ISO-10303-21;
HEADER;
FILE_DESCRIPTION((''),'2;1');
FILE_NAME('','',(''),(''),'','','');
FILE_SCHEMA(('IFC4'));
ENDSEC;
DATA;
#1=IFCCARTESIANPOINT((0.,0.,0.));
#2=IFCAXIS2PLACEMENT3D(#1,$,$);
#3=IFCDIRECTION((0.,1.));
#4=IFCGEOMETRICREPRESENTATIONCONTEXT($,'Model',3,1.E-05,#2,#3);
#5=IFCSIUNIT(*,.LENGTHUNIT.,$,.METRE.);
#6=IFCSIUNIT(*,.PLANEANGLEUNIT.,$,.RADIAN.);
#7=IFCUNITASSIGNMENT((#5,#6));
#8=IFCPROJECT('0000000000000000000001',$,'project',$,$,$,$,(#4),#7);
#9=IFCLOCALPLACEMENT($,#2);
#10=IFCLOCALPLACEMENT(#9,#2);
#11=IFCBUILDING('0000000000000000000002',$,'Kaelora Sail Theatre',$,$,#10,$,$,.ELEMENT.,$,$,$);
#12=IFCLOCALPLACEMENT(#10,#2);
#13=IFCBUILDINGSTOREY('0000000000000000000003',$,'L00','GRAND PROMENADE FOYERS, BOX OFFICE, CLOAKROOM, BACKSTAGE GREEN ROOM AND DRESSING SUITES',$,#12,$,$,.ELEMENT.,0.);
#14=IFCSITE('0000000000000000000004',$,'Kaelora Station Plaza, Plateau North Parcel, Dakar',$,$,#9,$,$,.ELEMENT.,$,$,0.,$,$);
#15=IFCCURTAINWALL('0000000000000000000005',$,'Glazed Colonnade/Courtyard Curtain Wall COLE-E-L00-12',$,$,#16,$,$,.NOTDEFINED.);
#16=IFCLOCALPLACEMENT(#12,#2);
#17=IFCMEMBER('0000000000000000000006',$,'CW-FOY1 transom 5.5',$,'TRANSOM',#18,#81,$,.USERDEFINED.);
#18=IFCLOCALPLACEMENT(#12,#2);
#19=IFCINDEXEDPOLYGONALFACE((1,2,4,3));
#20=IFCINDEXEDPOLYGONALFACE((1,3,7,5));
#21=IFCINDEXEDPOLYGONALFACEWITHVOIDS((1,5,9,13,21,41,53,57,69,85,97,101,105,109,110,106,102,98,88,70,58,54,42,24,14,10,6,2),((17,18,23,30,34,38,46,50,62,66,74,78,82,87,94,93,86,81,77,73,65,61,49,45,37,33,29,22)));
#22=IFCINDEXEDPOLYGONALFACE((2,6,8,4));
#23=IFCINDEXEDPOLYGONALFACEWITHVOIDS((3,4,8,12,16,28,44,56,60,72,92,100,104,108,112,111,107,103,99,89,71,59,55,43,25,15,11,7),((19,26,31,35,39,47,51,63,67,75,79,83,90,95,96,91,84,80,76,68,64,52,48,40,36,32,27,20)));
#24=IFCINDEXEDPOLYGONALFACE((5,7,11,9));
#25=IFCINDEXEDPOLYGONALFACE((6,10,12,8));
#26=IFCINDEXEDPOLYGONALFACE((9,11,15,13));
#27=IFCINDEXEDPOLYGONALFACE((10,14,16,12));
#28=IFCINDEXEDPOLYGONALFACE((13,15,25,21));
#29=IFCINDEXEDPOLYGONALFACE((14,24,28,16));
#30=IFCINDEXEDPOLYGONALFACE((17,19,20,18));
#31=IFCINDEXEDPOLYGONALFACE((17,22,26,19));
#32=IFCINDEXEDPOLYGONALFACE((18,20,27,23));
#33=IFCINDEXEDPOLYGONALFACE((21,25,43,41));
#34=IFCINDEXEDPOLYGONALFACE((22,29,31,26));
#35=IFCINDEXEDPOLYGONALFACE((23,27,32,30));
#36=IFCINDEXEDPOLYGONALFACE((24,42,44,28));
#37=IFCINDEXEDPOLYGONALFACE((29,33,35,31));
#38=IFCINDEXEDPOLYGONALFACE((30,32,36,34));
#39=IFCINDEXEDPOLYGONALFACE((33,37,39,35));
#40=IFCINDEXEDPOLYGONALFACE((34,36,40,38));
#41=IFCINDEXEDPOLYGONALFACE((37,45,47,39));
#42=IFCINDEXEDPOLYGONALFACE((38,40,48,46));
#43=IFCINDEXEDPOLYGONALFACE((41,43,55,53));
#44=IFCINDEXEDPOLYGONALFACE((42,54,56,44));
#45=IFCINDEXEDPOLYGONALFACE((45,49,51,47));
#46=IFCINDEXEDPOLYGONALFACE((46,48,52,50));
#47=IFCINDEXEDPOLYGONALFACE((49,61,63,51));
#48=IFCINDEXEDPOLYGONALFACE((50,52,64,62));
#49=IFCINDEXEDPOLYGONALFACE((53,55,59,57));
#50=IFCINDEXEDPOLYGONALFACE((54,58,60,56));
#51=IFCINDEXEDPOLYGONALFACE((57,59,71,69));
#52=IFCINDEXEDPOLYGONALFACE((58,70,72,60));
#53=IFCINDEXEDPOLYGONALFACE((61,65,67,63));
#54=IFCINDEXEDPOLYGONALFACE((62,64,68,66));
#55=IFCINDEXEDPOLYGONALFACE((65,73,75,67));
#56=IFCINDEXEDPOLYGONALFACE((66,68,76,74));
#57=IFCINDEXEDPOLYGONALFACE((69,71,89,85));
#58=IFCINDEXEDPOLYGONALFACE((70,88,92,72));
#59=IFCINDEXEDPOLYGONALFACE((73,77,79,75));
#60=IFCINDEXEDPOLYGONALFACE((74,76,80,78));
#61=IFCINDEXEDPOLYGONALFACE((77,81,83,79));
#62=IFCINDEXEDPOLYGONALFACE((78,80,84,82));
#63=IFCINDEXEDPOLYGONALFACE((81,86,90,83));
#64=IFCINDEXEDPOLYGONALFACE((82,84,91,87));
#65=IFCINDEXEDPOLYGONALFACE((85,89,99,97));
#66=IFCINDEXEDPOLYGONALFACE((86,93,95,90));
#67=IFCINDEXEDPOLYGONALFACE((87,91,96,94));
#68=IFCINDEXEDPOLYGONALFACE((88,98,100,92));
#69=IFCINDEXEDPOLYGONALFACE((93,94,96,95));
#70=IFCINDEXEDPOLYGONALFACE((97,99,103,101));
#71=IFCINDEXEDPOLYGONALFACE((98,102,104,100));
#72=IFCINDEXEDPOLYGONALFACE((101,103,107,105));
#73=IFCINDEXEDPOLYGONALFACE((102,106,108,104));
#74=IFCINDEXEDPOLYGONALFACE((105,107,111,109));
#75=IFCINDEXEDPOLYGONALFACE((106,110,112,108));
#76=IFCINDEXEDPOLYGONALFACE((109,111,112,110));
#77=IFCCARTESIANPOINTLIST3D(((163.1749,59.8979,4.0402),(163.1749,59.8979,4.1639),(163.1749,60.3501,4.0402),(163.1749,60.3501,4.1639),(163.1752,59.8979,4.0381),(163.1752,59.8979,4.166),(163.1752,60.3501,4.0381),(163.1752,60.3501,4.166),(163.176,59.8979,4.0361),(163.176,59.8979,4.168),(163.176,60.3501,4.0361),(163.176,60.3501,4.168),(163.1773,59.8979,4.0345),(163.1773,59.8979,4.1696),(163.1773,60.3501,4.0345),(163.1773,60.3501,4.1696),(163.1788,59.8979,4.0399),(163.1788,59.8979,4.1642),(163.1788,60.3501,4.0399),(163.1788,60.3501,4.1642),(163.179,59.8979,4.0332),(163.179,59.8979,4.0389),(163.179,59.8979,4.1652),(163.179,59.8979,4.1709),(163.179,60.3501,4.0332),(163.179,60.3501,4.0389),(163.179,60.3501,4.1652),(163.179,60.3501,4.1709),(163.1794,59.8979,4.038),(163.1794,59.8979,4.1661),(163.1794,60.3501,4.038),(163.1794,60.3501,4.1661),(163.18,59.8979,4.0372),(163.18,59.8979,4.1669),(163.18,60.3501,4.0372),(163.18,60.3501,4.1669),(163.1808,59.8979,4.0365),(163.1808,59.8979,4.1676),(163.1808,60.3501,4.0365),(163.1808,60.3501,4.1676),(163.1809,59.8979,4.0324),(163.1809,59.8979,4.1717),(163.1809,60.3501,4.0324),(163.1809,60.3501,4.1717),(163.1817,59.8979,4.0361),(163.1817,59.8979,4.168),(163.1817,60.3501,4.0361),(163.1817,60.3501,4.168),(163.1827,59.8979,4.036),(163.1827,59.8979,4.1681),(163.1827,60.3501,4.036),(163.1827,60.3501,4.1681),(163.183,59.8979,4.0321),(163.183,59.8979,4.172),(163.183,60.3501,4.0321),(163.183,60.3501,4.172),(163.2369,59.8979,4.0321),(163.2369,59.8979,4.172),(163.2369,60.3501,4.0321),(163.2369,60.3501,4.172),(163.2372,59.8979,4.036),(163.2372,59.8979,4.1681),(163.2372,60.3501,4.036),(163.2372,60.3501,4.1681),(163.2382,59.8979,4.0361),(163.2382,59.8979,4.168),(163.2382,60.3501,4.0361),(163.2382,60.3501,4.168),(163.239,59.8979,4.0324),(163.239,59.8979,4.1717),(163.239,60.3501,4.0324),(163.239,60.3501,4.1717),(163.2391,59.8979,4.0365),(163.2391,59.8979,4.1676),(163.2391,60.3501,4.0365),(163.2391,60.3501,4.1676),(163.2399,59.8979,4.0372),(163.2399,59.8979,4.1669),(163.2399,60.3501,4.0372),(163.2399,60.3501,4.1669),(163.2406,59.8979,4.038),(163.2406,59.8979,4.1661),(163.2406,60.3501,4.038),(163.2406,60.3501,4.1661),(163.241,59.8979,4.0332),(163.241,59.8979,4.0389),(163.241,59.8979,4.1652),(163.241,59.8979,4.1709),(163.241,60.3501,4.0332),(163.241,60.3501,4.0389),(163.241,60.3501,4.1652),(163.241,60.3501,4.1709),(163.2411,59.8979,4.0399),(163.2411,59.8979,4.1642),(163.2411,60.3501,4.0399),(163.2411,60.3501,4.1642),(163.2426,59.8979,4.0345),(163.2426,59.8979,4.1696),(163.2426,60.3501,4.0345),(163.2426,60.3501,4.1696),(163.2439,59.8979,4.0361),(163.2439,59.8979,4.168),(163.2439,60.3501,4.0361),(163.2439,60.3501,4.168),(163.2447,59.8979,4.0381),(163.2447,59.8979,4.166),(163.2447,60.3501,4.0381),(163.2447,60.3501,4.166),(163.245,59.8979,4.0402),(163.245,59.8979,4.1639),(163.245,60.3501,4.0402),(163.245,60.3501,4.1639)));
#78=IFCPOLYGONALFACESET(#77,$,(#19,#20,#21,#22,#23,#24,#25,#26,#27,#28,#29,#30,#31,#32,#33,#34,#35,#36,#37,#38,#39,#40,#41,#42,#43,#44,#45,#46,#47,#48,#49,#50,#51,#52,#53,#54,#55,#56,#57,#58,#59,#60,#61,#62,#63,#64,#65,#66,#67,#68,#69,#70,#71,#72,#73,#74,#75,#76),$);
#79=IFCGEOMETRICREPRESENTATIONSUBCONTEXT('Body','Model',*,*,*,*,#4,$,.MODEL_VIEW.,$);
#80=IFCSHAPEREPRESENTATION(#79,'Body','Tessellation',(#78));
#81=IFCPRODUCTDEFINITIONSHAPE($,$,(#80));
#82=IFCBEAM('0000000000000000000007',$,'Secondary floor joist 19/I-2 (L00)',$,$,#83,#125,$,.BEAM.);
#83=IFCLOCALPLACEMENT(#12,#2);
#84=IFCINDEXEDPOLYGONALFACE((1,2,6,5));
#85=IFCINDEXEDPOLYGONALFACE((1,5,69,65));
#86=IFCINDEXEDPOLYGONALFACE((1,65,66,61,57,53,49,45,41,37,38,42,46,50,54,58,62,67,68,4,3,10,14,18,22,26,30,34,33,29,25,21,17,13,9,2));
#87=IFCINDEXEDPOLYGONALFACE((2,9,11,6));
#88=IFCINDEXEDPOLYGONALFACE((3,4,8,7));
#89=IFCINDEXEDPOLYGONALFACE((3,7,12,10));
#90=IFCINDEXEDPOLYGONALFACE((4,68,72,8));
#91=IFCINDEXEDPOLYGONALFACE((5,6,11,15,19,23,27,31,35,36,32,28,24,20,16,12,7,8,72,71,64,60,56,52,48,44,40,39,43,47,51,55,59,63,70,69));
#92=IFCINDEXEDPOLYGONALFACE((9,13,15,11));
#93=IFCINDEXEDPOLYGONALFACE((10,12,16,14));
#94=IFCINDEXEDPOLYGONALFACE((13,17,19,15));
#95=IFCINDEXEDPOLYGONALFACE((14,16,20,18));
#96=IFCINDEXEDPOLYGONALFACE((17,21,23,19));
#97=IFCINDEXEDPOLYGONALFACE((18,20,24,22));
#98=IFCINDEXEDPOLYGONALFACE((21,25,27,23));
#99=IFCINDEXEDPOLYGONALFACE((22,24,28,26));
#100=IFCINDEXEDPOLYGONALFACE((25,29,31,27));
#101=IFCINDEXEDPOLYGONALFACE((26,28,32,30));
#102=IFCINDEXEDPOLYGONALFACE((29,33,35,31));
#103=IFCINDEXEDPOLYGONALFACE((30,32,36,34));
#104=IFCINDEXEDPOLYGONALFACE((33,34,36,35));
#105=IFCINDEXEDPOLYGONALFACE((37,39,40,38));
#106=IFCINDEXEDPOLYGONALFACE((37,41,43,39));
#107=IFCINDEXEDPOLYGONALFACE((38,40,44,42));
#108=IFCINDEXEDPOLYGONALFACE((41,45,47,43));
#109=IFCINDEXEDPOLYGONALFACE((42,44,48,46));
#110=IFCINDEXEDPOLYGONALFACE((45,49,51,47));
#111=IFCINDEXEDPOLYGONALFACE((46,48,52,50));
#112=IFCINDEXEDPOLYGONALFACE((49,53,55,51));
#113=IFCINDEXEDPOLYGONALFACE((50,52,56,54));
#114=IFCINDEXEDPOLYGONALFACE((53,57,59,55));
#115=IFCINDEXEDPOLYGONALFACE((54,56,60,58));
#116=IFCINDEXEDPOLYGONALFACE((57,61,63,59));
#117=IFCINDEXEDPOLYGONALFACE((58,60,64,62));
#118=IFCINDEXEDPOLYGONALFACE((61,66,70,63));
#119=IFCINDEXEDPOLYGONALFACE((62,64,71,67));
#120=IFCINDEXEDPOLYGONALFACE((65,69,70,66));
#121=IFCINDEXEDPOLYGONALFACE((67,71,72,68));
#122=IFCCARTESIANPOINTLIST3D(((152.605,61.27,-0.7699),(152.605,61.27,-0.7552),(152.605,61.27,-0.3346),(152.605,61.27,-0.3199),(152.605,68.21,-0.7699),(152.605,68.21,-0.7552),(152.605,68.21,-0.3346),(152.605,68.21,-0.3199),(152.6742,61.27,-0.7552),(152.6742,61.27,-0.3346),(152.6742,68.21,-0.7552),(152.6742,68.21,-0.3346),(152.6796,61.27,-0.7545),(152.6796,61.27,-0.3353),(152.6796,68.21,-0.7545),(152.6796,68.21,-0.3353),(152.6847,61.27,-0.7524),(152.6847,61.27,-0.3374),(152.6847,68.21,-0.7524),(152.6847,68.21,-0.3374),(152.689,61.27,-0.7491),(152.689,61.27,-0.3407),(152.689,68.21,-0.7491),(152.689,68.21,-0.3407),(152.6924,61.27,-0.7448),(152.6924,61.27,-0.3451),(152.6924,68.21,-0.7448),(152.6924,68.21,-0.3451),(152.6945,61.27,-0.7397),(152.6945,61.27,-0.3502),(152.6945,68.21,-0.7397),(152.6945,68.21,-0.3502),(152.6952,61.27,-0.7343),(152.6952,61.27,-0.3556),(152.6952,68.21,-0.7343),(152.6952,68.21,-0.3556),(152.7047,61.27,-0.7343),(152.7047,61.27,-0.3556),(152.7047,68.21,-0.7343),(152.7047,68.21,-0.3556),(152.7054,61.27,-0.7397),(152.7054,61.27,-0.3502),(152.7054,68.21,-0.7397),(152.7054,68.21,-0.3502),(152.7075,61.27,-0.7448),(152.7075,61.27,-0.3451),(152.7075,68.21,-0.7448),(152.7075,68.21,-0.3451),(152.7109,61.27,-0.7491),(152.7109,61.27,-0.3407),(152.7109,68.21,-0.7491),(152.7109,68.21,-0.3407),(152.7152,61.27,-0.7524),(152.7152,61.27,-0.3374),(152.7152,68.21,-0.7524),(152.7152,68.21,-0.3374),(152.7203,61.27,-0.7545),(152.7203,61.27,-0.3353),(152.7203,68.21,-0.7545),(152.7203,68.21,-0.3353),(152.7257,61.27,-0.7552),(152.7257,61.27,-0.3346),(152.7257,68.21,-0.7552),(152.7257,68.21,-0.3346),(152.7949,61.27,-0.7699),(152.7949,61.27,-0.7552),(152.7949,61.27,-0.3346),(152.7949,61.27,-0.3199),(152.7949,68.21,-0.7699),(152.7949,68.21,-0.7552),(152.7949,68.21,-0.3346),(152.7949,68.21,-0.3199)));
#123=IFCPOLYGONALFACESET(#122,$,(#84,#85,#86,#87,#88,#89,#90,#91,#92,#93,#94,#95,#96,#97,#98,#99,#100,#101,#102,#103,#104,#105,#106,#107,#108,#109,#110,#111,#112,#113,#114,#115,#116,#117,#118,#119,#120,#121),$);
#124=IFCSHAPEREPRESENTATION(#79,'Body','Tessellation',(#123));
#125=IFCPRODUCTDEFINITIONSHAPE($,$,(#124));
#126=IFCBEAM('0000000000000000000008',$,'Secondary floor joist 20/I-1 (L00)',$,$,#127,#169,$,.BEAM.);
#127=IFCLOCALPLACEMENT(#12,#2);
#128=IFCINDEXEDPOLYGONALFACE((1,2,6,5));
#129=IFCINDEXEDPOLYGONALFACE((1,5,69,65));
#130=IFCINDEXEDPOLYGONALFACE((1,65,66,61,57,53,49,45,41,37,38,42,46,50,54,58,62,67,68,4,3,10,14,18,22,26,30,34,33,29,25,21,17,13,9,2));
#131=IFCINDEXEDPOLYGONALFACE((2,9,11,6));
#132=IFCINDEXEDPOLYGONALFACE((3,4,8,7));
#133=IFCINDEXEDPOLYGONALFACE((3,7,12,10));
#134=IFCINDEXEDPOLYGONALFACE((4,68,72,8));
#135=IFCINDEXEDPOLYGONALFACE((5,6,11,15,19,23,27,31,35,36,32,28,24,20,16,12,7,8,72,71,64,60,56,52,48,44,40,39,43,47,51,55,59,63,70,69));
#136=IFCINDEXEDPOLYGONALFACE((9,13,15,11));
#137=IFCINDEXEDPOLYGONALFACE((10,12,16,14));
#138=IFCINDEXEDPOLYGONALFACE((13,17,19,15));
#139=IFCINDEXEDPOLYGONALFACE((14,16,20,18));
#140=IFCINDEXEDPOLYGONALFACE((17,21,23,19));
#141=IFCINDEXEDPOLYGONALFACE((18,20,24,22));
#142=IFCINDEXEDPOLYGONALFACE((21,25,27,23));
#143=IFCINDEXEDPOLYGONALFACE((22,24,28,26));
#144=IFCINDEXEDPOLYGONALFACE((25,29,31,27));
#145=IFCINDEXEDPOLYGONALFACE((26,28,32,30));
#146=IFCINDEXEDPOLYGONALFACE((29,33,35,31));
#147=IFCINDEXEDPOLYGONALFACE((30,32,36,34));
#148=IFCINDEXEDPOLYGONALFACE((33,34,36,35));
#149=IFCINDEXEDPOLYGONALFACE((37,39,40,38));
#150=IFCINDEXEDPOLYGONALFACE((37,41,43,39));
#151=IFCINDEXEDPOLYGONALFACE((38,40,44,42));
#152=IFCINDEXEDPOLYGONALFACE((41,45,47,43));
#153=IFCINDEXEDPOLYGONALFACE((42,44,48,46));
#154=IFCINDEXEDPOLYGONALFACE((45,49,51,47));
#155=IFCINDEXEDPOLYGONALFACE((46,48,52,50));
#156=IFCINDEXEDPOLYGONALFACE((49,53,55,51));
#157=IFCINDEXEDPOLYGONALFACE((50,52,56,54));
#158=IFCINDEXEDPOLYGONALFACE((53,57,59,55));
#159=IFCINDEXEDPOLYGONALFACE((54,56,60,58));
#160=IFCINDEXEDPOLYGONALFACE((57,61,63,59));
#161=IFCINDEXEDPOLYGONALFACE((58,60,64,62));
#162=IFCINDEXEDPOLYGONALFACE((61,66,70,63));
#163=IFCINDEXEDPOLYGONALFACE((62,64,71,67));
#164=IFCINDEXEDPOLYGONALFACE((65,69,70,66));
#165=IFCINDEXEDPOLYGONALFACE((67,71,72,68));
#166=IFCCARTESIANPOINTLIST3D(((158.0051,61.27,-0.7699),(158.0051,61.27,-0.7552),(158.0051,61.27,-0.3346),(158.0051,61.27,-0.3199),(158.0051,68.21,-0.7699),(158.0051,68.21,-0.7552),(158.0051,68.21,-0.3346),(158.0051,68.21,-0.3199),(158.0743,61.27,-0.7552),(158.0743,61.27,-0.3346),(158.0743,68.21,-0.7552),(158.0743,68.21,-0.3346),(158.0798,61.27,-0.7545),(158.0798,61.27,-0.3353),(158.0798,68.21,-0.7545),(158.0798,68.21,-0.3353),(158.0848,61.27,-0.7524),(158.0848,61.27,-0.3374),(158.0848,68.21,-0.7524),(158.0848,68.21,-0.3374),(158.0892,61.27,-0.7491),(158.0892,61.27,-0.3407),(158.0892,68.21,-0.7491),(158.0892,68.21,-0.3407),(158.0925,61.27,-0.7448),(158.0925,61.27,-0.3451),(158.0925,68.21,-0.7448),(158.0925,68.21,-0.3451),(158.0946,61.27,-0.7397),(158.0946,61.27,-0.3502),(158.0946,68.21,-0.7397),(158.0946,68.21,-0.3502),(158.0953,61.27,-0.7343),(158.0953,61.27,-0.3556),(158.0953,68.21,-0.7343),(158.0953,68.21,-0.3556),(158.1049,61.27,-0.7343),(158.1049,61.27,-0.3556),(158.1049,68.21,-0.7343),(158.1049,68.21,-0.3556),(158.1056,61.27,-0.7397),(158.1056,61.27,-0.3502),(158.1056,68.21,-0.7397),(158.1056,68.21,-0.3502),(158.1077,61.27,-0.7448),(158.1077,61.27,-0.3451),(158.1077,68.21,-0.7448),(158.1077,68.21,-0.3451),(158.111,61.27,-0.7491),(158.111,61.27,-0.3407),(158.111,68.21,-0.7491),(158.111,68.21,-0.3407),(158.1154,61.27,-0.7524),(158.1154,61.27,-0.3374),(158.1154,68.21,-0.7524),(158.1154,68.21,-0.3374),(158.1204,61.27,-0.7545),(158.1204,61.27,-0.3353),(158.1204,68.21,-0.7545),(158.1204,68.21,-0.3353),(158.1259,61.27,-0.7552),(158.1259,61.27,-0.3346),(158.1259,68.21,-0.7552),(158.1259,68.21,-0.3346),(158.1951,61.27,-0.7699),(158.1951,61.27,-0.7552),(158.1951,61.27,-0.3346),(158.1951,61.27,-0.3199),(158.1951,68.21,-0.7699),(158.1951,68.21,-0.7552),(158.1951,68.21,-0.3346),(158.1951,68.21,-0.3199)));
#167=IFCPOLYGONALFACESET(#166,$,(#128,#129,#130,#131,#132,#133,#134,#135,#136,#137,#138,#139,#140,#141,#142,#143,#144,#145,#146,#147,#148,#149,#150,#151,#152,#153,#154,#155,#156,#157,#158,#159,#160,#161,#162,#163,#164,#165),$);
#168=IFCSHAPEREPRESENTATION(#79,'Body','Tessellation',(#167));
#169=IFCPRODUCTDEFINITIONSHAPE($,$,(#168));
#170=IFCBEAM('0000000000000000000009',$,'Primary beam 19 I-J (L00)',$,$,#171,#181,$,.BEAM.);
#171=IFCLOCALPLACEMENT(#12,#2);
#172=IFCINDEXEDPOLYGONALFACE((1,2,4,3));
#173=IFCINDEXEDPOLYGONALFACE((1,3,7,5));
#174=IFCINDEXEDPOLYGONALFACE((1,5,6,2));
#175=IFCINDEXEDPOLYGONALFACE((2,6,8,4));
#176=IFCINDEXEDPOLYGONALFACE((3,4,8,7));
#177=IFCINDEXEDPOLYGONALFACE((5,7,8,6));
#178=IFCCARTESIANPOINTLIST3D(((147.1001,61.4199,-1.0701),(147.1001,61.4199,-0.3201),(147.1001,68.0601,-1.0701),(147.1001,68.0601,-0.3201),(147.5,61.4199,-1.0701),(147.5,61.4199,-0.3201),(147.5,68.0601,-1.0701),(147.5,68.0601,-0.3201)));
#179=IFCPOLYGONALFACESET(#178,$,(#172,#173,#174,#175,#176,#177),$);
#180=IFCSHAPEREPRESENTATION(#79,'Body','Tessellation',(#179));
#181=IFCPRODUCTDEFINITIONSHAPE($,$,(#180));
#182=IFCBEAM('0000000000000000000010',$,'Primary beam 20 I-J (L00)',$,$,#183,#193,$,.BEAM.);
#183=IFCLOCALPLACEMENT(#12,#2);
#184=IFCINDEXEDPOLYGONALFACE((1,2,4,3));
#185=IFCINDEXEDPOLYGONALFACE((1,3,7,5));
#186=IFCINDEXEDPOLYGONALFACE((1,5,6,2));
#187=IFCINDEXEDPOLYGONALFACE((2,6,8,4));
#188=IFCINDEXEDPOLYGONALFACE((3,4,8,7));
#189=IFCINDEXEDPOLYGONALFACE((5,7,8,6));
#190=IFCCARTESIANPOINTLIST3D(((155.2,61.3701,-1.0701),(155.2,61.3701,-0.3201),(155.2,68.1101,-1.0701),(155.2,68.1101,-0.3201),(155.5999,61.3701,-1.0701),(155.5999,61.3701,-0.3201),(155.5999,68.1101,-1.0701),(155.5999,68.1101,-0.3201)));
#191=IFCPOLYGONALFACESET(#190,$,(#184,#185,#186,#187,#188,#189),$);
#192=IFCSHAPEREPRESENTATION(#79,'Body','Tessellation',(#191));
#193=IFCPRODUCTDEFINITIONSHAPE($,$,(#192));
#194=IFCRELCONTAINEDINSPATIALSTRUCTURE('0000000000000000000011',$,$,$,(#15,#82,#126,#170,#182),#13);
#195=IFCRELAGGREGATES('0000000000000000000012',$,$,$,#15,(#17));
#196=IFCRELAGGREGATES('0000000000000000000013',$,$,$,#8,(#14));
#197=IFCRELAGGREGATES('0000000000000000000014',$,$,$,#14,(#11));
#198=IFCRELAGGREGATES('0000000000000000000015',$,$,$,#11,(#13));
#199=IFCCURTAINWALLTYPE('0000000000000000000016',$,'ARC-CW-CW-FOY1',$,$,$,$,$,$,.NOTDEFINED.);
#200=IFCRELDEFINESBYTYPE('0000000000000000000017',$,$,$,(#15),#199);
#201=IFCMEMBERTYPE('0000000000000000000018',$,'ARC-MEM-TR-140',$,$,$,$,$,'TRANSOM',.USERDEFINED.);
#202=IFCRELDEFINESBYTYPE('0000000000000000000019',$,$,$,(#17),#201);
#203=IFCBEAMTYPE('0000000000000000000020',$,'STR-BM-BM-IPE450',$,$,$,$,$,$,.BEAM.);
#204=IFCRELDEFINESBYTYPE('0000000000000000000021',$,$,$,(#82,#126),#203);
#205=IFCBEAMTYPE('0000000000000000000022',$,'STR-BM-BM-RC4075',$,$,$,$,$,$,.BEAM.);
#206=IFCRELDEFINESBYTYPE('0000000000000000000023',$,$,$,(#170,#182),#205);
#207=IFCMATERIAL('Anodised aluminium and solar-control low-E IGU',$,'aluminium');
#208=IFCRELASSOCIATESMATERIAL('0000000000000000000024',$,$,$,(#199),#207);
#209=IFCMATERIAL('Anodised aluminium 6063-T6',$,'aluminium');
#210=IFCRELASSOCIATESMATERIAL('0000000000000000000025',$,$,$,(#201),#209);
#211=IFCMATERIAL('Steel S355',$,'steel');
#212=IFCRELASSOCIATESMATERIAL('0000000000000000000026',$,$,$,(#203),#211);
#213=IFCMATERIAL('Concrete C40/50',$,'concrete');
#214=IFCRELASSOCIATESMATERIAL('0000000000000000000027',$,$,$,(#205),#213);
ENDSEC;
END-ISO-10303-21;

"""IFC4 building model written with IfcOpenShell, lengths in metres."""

from ifc_helpers import new_model, si_unit, direction, frame, origin, origin_2d, place, context, subcontext, project, spatial, rectangle, hollow_rectangle, i_section, extrude, material, material_profile, profile_set, type_object, element, aggregate, save


model = new_model("IFC4")

# Units and contexts
model_context = context("Model", 3, precision=1e-05, world=origin(), true_north=direction((0.0, 1.0)))
body_context = subcontext(model_context, "Body", "Model", "MODEL_VIEW")
ifc_project = project(units=[si_unit("LENGTHUNIT", "METRE"), si_unit("PLANEANGLEUNIT", "RADIAN")], contexts=[model_context])

# Site, building, storey
site_placement = place(None, origin())
site = spatial("IfcSite", under=ifc_project, at=site_placement, Name="Kaelora Station Plaza, Plateau North Parcel, Dakar", CompositionType="ELEMENT", RefElevation=0.0)
building_placement = place(site_placement, origin())
building = spatial("IfcBuilding", under=site, at=building_placement, Name="Kaelora Sail Theatre", CompositionType="ELEMENT")
storey_placement = place(building_placement, origin())
storey = spatial("IfcBuildingStorey", under=building, at=storey_placement, Name="L00", Description="GRAND PROMENADE FOYERS, BOX OFFICE, CLOAKROOM, BACKSTAGE GREEN ROOM AND DRESSING SUITES", CompositionType="ELEMENT", Elevation=0.0)

# Curtain wall, member
ifc_material_1 = material(Name="Anodised aluminium and solar-control low-E IGU", Category="aluminium")
curtain_wall_type = type_object("IfcCurtainWallType", Name="ARC-CW-CW-FOY1", PredefinedType="NOTDEFINED", material=ifc_material_1)
curtain_wall_placement = place(storey_placement, origin())
curtain_wall = element("IfcCurtainWall", 1, at=curtain_wall_placement, inside=storey, type_object=curtain_wall_type, Name="Glazed Colonnade/Courtyard Curtain Wall COLE-E-L00-12", PredefinedType="NOTDEFINED")
ifc_material_2 = material(Name="Anodised aluminium 6063-T6", Category="aluminium")
ifc_material_profile_1 = material_profile(ifc_material_2, hollow_rectangle(XDim=0.0701, YDim=0.1399, WallThickness=0.0039, InnerFilletRadius=0.0039, OuterFilletRadius=0.0081, at=origin_2d()), Name="ALU-TRAN 70x140x4")
ifc_profile_set_1 = profile_set([ifc_material_profile_1], Name="Anodised aluminium 6063-T6")
member_type = type_object("IfcMemberType", Name="ARC-MEM-TR-140", ElementType="TRANSOM", PredefinedType="USERDEFINED", material=ifc_profile_set_1)
member_1_placement = place(storey_placement, frame((163.21, 59.8979, 4.1021), z_axis=(0.0, 1.0, 0.0), x_axis=(-1.0, 0.0, 0.0)))
member_1 = element("IfcMember", 2, at=member_1_placement, type_object=member_type, Name="CW-FOY1 transom 5.5", ObjectType="TRANSOM", PredefinedType="USERDEFINED", context=body_context, shape_type="SweptSolid", body=[
    extrude(hollow_rectangle(XDim=0.0701, YDim=0.1399, WallThickness=0.0039, InnerFilletRadius=0.0039, OuterFilletRadius=0.0081, at=origin_2d()), origin(), (0.0, 0.0, 1.0), 0.4521),
])

# Beams
ifc_material_3 = material(Name="Steel S355", Category="steel")
ifc_material_profile_2 = material_profile(ifc_material_3, i_section(OverallWidth=0.1899, OverallDepth=0.45, WebThickness=0.0095, FlangeThickness=0.0146, FilletRadius=0.021, at=origin_2d()), Name="IPE 450")
ifc_profile_set_2 = profile_set([ifc_material_profile_2], Name="Steel S355")
beam_type_1 = type_object("IfcBeamType", Name="STR-BM-BM-IPE450", PredefinedType="BEAM", material=ifc_profile_set_2)
for number, where, z_axis, x_axis, name in (
    (3, (152.7, 61.27, -0.5449), (0.0, 1.0, 0.0), (-1.0, 0.0, 0.0), "Secondary floor joist 19/I-2 (L00)"),
    (4, (158.1001, 61.27, -0.5449), (0.0, 1.0, 0.0), (-1.0, 0.0, 0.0), "Secondary floor joist 20/I-1 (L00)"),
):
    element("IfcBeam", number, at=place(storey_placement, frame(where, z_axis=z_axis, x_axis=x_axis)), inside=storey, type_object=beam_type_1, Name=name, PredefinedType="BEAM", context=body_context, shape_type="SweptSolid", body=[
        extrude(i_section(OverallWidth=0.1899, OverallDepth=0.45, WebThickness=0.0095, FlangeThickness=0.0146, FilletRadius=0.021, at=origin_2d()), origin(), (0.0, 0.0, 1.0), 6.9399),
    ])
ifc_material_4 = material(Name="Concrete C40/50", Category="concrete")
ifc_material_profile_3 = material_profile(ifc_material_4, rectangle(XDim=0.3999, YDim=0.75, at=origin_2d()), Name="RC-BM 400x750")
ifc_profile_set_3 = profile_set([ifc_material_profile_3], Name="Concrete C40/50")
beam_type_2 = type_object("IfcBeamType", Name="STR-BM-BM-RC4075", PredefinedType="BEAM", material=ifc_profile_set_3)
beam_1_placement = place(storey_placement, frame((147.3, 61.4199, -0.6951), z_axis=(0.0, 1.0, 0.0), x_axis=(-1.0, 0.0, 0.0)))
element("IfcBeam", 5, at=beam_1_placement, inside=storey, type_object=beam_type_2, Name="Primary beam 19 I-J (L00)", PredefinedType="BEAM", context=body_context, shape_type="SweptSolid", body=[
    extrude(rectangle(XDim=0.3999, YDim=0.75, at=origin_2d()), origin(), (0.0, 0.0, 1.0), 6.6401),
])
beam_2_placement = place(storey_placement, frame((155.3999, 61.3701, -0.6951), z_axis=(0.0, 1.0, 0.0), x_axis=(-1.0, 0.0, 0.0)))
element("IfcBeam", 6, at=beam_2_placement, inside=storey, type_object=beam_type_2, Name="Primary beam 20 I-J (L00)", PredefinedType="BEAM", context=body_context, shape_type="SweptSolid", body=[
    extrude(rectangle(XDim=0.3999, YDim=0.75, at=origin_2d()), origin(), (0.0, 0.0, 1.0), 6.74),
])

aggregate(curtain_wall, [member_1])

save(model, "model.ifc")
